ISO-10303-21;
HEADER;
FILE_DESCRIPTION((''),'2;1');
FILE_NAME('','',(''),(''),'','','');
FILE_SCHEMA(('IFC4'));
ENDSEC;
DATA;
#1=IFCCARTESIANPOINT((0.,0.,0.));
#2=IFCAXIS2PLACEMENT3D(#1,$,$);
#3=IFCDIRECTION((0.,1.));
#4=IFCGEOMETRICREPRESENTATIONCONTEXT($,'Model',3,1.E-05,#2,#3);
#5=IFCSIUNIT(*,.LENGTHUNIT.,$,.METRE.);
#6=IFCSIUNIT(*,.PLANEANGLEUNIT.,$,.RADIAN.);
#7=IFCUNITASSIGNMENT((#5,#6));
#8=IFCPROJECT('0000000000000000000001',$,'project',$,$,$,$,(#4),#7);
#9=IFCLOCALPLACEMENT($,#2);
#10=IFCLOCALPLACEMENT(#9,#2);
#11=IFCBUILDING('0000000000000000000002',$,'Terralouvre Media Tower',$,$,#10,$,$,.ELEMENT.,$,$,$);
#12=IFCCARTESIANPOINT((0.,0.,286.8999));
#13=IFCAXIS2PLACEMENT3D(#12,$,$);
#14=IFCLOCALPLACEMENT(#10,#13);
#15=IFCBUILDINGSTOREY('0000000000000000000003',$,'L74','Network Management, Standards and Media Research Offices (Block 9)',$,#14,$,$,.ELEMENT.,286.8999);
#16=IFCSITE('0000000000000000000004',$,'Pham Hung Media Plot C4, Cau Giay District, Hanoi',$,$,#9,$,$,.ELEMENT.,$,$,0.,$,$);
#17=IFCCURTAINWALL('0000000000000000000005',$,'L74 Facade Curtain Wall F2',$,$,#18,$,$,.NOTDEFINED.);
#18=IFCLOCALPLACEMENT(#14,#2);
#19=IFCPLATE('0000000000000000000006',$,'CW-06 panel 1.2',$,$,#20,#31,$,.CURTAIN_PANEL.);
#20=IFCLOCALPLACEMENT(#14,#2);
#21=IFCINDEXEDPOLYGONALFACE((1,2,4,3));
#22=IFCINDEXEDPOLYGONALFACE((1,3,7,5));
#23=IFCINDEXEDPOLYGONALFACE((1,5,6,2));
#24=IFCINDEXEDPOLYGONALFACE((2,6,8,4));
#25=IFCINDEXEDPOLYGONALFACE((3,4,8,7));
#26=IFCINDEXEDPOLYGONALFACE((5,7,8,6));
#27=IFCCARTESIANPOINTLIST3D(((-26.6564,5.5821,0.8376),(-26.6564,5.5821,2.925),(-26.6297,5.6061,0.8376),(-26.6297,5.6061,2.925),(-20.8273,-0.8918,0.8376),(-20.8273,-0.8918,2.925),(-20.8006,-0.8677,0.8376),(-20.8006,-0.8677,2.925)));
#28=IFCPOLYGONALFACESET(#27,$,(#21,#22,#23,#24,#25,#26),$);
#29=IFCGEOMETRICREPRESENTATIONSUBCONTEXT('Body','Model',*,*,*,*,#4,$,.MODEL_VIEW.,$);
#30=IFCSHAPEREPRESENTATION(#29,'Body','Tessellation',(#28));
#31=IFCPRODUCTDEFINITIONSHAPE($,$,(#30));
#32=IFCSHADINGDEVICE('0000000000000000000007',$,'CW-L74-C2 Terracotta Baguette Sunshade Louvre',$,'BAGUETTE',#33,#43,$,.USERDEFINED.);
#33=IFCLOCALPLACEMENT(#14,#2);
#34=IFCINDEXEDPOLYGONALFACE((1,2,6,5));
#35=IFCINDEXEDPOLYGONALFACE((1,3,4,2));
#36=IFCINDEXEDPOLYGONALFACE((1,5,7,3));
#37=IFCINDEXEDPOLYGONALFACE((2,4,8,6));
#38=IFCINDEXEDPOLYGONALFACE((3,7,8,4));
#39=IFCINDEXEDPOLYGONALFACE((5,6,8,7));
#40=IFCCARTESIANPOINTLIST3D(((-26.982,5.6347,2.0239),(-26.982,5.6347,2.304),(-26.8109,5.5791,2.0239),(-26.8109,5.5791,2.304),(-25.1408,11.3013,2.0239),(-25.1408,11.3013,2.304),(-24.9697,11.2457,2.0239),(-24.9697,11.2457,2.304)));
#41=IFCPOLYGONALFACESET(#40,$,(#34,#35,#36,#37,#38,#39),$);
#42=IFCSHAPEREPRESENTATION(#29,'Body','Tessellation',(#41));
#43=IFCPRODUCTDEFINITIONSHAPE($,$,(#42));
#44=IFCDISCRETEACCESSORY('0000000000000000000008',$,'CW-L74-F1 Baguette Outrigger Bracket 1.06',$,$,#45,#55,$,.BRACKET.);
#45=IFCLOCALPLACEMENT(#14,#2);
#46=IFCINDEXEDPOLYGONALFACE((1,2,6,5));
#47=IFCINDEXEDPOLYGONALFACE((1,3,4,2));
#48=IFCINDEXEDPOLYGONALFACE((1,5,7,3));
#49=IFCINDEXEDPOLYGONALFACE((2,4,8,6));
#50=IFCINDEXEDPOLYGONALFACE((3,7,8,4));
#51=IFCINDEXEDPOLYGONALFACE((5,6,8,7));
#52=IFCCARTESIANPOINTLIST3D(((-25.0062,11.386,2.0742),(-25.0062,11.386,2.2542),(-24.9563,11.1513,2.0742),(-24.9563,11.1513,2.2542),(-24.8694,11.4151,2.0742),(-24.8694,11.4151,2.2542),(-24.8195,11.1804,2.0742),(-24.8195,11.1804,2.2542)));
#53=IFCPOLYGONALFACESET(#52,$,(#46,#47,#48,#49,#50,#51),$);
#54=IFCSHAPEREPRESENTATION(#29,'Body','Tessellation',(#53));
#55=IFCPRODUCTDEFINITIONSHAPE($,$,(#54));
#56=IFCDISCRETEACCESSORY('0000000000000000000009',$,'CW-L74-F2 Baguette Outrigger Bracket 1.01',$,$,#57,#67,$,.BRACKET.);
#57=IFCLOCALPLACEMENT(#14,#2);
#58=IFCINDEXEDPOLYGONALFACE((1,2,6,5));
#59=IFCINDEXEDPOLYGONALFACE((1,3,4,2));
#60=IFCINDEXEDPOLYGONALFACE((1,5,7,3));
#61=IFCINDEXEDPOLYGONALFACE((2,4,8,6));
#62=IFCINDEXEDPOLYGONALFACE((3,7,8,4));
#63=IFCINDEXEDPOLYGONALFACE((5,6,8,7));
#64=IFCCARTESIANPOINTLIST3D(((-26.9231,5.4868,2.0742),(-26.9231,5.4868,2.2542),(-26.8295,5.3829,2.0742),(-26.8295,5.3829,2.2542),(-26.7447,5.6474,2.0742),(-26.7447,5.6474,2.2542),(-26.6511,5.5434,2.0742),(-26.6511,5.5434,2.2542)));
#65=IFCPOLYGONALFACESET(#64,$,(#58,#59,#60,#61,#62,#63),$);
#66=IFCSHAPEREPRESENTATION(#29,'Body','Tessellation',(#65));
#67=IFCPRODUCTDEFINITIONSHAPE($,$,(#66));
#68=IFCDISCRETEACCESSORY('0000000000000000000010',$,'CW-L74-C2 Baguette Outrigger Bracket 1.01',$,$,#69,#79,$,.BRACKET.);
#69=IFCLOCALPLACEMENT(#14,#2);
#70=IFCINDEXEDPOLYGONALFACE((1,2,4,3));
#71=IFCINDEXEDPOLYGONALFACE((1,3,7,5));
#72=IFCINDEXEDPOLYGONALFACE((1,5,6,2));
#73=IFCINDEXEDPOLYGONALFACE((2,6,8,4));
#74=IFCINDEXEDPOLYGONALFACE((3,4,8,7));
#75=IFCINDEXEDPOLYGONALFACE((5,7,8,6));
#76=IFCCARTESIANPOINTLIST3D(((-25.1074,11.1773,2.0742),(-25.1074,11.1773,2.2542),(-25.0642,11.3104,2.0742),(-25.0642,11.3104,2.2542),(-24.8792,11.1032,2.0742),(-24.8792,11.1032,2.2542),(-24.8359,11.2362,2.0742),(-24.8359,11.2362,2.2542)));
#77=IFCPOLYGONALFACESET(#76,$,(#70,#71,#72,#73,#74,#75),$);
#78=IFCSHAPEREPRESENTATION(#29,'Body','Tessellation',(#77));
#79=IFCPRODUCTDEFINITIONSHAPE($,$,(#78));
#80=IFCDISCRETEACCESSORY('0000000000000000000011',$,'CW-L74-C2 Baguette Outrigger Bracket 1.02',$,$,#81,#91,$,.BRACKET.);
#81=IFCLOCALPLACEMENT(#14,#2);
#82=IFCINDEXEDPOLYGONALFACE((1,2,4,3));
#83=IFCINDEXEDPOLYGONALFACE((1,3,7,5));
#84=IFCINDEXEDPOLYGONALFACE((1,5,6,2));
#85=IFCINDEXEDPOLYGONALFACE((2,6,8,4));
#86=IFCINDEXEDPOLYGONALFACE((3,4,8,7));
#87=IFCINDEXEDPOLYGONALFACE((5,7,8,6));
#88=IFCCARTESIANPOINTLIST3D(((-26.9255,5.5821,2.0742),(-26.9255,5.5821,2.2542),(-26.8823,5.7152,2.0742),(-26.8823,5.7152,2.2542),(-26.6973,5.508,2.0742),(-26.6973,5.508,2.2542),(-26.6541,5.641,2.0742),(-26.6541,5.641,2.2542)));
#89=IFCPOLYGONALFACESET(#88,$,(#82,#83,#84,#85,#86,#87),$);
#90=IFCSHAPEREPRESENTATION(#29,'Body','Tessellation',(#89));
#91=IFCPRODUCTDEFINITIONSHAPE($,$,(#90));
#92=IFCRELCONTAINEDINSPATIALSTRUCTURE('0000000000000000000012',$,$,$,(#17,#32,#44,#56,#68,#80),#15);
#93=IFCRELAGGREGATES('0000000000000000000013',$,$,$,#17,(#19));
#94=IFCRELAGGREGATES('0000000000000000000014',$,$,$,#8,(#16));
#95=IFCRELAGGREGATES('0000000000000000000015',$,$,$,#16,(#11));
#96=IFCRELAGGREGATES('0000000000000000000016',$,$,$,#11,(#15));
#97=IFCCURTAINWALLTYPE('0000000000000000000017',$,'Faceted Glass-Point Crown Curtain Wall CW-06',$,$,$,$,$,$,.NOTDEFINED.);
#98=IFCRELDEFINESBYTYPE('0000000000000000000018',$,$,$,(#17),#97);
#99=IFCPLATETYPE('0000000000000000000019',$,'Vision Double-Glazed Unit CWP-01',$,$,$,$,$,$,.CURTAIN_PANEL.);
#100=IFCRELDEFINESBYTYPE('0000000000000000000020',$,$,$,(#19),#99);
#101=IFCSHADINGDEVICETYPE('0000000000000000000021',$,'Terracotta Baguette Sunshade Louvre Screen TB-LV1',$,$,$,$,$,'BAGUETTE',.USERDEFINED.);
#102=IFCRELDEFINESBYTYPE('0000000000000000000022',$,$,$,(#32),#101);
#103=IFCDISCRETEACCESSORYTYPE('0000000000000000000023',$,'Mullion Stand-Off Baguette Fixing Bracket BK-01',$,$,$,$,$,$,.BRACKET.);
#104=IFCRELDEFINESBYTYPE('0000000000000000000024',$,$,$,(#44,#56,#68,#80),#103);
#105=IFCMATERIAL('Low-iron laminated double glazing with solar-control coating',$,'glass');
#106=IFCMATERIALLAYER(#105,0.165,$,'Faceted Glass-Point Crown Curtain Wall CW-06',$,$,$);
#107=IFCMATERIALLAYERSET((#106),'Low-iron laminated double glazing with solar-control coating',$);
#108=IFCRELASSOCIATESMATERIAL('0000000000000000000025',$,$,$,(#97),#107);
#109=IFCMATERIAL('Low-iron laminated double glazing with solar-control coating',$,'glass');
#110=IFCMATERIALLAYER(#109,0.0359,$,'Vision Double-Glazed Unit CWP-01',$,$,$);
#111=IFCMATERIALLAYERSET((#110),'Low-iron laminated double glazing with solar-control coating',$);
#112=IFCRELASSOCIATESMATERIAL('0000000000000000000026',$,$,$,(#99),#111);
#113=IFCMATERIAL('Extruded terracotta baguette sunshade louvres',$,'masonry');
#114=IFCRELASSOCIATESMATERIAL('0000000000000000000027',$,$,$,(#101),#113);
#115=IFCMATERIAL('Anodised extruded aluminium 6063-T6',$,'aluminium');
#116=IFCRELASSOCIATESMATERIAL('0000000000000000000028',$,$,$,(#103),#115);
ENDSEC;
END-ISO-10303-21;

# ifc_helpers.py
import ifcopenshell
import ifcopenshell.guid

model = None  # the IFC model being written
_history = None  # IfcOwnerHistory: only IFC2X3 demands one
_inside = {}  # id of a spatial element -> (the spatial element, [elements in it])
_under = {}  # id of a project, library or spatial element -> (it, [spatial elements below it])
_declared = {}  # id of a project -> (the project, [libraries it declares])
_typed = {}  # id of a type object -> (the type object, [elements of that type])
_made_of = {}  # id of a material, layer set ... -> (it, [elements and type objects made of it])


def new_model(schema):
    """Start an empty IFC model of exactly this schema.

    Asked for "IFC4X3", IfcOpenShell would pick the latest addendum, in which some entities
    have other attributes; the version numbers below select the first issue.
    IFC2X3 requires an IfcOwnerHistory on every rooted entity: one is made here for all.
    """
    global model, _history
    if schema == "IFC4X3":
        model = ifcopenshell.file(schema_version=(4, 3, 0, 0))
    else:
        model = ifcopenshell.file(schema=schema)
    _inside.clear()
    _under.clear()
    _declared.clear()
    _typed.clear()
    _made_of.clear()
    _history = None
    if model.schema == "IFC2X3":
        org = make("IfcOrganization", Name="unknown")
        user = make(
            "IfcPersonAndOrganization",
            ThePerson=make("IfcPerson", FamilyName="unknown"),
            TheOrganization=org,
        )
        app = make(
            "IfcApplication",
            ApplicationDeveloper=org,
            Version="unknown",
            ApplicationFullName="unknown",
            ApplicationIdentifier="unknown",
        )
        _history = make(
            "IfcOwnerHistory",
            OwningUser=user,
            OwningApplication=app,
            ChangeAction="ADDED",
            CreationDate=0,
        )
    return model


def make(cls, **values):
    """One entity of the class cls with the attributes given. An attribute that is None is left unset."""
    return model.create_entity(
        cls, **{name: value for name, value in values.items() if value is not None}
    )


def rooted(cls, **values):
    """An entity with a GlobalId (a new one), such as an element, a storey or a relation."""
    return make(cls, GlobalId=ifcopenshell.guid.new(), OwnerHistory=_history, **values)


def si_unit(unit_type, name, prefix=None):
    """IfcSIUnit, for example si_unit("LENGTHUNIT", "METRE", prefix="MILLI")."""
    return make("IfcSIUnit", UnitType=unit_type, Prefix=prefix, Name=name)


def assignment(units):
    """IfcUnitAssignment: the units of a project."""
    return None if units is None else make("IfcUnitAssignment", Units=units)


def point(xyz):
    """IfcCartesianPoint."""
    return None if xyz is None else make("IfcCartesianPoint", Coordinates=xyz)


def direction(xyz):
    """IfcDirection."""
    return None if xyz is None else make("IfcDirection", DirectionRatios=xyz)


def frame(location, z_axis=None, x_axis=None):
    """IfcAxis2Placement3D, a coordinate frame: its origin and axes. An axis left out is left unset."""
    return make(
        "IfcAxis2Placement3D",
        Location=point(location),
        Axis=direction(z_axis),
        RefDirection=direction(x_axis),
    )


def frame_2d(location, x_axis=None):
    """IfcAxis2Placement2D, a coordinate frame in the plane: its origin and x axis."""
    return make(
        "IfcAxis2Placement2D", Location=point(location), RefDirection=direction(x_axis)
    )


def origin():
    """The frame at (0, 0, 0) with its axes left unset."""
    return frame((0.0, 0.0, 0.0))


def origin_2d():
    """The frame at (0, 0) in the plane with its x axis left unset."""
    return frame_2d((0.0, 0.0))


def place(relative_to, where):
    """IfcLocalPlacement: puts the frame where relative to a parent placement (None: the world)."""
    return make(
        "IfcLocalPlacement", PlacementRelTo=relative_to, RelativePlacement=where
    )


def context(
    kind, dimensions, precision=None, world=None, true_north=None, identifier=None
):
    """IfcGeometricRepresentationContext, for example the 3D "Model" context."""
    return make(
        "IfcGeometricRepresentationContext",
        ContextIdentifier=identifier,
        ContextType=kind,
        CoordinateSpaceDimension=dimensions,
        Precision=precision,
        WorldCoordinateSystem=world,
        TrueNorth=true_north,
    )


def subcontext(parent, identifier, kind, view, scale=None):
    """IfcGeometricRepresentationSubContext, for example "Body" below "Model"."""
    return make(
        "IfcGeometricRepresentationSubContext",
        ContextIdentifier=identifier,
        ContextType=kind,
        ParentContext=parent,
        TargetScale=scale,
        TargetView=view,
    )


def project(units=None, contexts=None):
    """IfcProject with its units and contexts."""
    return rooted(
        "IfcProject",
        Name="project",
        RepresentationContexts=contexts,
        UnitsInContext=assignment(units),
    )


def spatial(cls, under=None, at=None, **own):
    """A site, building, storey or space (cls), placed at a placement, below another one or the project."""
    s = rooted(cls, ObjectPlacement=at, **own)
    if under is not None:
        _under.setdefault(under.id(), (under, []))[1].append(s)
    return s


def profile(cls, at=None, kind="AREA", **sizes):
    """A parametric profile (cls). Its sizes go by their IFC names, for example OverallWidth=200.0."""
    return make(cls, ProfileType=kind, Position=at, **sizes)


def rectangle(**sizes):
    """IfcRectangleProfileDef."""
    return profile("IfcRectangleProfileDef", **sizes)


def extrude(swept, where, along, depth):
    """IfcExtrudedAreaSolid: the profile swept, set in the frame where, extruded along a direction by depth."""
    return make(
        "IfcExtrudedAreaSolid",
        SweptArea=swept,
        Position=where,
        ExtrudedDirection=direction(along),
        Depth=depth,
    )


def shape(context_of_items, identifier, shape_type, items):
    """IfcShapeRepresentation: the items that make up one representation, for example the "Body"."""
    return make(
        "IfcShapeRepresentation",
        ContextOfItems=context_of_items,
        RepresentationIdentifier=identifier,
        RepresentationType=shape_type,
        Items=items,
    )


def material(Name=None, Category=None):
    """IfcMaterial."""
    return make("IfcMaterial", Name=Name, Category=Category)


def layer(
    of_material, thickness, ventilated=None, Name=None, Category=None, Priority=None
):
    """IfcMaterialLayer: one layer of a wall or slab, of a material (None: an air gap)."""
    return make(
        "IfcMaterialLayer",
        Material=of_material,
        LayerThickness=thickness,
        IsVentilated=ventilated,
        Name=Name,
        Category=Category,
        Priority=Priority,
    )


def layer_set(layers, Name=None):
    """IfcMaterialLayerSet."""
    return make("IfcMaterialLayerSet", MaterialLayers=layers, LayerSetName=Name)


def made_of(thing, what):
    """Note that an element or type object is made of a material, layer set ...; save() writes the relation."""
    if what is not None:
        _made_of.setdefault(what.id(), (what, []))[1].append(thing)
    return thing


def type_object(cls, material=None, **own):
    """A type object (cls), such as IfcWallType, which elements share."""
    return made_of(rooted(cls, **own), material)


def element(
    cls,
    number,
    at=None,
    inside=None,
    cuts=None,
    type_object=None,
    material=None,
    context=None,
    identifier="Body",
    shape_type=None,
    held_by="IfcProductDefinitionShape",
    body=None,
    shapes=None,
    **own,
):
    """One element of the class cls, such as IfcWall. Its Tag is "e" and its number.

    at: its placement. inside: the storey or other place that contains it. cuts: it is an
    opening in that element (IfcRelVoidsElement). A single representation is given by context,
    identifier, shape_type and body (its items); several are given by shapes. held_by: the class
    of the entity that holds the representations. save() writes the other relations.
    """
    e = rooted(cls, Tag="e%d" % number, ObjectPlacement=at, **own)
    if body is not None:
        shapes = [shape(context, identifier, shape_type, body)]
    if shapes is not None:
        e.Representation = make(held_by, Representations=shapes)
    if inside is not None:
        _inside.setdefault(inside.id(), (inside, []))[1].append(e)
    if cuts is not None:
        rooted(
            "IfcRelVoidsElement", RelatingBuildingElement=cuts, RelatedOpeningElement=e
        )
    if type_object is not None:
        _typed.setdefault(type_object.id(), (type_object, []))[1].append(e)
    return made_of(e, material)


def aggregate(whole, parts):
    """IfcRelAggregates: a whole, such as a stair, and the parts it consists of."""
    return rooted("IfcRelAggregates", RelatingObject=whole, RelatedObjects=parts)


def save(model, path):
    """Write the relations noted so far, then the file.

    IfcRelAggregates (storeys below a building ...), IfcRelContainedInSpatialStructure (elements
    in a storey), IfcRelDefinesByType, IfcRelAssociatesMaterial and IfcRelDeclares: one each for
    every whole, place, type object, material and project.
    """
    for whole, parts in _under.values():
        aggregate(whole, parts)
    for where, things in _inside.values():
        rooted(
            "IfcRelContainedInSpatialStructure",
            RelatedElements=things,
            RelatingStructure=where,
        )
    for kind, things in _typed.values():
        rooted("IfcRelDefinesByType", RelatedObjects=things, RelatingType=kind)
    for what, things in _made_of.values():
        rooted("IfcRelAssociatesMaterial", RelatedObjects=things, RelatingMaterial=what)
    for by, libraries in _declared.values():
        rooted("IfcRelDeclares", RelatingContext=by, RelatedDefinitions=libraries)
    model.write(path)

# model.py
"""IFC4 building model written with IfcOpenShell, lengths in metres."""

from ifc_helpers import new_model, si_unit, direction, frame, origin, origin_2d, place, context, subcontext, project, spatial, rectangle, extrude, material, layer, layer_set, type_object, element, aggregate, save


model = new_model("IFC4")

# Units and contexts
model_context = context("Model", 3, precision=1e-05, world=origin(), true_north=direction((0.0, 1.0)))
body_context = subcontext(model_context, "Body", "Model", "MODEL_VIEW")
ifc_project = project(units=[si_unit("LENGTHUNIT", "METRE"), si_unit("PLANEANGLEUNIT", "RADIAN")], contexts=[model_context])

# Site, building, storey
site_placement = place(None, origin())
site = spatial("IfcSite", under=ifc_project, at=site_placement, Name="Pham Hung Media Plot C4, Cau Giay District, Hanoi", CompositionType="ELEMENT", RefElevation=0.0)
building_placement = place(site_placement, origin())
building = spatial("IfcBuilding", under=site, at=building_placement, Name="Terralouvre Media Tower", CompositionType="ELEMENT")
storey_placement = place(building_placement, frame((0.0, 0.0, 286.8999)))
storey = spatial("IfcBuildingStorey", under=building, at=storey_placement, Name="L74", Description="Network Management, Standards and Media Research Offices (Block 9)", CompositionType="ELEMENT", Elevation=286.8999)

# Curtain wall
ifc_material_1 = material(Name="Low-iron laminated double glazing with solar-control coating", Category="glass")
ifc_layer_1 = layer(ifc_material_1, 0.165, Name="Faceted Glass-Point Crown Curtain Wall CW-06")
ifc_layer_set_1 = layer_set([ifc_layer_1], Name="Low-iron laminated double glazing with solar-control coating")
curtain_wall_type_1 = type_object("IfcCurtainWallType", Name="Faceted Glass-Point Crown Curtain Wall CW-06", PredefinedType="NOTDEFINED", material=ifc_layer_set_1)
curtain_wall_1_placement = place(storey_placement, origin())
curtain_wall_1 = element("IfcCurtainWall", 1, at=curtain_wall_1_placement, inside=storey, type_object=curtain_wall_type_1, Name="L74 Facade Curtain Wall F2", PredefinedType="NOTDEFINED")

# Plate
ifc_material_2 = material(Name="Low-iron laminated double glazing with solar-control coating", Category="glass")
ifc_layer_2 = layer(ifc_material_2, 0.0359, Name="Vision Double-Glazed Unit CWP-01")
ifc_layer_set_2 = layer_set([ifc_layer_2], Name="Low-iron laminated double glazing with solar-control coating")
plate_type_1 = type_object("IfcPlateType", Name="Vision Double-Glazed Unit CWP-01", PredefinedType="CURTAIN_PANEL", material=ifc_layer_set_2)
plate_1_placement = place(storey_placement, frame((-23.7285, 2.3572, 0.8376), z_axis=(0.0, 0.0, 1.0), x_axis=(0.669131, -0.743145, 0.0)))
plate_1 = element("IfcPlate", 2, at=plate_1_placement, type_object=plate_type_1, Name="CW-06 panel 1.2", PredefinedType="CURTAIN_PANEL", context=body_context, shape_type="SweptSolid", body=[
    extrude(rectangle(XDim=8.7114, YDim=0.0359, at=origin_2d()), origin(), (0.0, 0.0, 1.0), 2.0874),
])
aggregate(curtain_wall_1, [plate_1])

# Shading device
ifc_material_3 = material(Name="Extruded terracotta baguette sunshade louvres", Category="masonry")
shading_device_type = type_object("IfcShadingDeviceType", Name="Terracotta Baguette Sunshade Louvre Screen TB-LV1", ElementType="BAGUETTE", PredefinedType="USERDEFINED", material=ifc_material_3)
shading_device_placement = place(storey_placement, frame((-25.9758, 8.4402, 2.0239), z_axis=(0.0, 0.0, 1.0), x_axis=(-0.309017, -0.951057, 0.0)))
element("IfcShadingDevice", 3, at=shading_device_placement, inside=storey, type_object=shading_device_type, Name="CW-L74-C2 Terracotta Baguette Sunshade Louvre", ObjectType="BAGUETTE", PredefinedType="USERDEFINED", context=body_context, shape_type="SweptSolid", body=[
    extrude(rectangle(XDim=5.9583, YDim=0.1799, at=origin_2d()), origin(), (0.0, 0.0, 1.0), 0.28),
])

# Discrete accessories
ifc_material_4 = material(Name="Anodised extruded aluminium 6063-T6", Category="aluminium")
discrete_accessory_type = type_object("IfcDiscreteAccessoryType", Name="Mullion Stand-Off Baguette Fixing Bracket BK-01", PredefinedType="BRACKET", material=ifc_material_4)
for number, where, z_axis, x_axis, name in (
    (4, (-24.9128, 11.2832, 2.0742), (0.0, 0.0, 1.0), (-0.978148, -0.207912, 0.0), "CW-L74-F1 Baguette Outrigger Bracket 1.06"),
    (5, (-26.7871, 5.5151, 2.0742), (0.0, 0.0, 1.0), (0.669131, -0.743145, 0.0), "CW-L74-F2 Baguette Outrigger Bracket 1.01"),
    (6, (-24.9717, 11.2068, 2.0742), (0.0, 0.0, 1.0), (-0.309017, -0.951057, 0.0), "CW-L74-C2 Baguette Outrigger Bracket 1.01"),
    (7, (-26.7898, 5.6116, 2.0742), (0.0, 0.0, 1.0), (-0.309017, -0.951057, 0.0), "CW-L74-C2 Baguette Outrigger Bracket 1.02"),
):
    element("IfcDiscreteAccessory", number, at=place(storey_placement, frame(where, z_axis=z_axis, x_axis=x_axis)), inside=storey, type_object=discrete_accessory_type, Name=name, PredefinedType="BRACKET", context=body_context, shape_type="SweptSolid", body=[
        extrude(rectangle(XDim=0.1399, YDim=0.24, at=origin_2d()), origin(), (0.0, 0.0, 1.0), 0.1799),
    ])

save(model, "model.ifc")
